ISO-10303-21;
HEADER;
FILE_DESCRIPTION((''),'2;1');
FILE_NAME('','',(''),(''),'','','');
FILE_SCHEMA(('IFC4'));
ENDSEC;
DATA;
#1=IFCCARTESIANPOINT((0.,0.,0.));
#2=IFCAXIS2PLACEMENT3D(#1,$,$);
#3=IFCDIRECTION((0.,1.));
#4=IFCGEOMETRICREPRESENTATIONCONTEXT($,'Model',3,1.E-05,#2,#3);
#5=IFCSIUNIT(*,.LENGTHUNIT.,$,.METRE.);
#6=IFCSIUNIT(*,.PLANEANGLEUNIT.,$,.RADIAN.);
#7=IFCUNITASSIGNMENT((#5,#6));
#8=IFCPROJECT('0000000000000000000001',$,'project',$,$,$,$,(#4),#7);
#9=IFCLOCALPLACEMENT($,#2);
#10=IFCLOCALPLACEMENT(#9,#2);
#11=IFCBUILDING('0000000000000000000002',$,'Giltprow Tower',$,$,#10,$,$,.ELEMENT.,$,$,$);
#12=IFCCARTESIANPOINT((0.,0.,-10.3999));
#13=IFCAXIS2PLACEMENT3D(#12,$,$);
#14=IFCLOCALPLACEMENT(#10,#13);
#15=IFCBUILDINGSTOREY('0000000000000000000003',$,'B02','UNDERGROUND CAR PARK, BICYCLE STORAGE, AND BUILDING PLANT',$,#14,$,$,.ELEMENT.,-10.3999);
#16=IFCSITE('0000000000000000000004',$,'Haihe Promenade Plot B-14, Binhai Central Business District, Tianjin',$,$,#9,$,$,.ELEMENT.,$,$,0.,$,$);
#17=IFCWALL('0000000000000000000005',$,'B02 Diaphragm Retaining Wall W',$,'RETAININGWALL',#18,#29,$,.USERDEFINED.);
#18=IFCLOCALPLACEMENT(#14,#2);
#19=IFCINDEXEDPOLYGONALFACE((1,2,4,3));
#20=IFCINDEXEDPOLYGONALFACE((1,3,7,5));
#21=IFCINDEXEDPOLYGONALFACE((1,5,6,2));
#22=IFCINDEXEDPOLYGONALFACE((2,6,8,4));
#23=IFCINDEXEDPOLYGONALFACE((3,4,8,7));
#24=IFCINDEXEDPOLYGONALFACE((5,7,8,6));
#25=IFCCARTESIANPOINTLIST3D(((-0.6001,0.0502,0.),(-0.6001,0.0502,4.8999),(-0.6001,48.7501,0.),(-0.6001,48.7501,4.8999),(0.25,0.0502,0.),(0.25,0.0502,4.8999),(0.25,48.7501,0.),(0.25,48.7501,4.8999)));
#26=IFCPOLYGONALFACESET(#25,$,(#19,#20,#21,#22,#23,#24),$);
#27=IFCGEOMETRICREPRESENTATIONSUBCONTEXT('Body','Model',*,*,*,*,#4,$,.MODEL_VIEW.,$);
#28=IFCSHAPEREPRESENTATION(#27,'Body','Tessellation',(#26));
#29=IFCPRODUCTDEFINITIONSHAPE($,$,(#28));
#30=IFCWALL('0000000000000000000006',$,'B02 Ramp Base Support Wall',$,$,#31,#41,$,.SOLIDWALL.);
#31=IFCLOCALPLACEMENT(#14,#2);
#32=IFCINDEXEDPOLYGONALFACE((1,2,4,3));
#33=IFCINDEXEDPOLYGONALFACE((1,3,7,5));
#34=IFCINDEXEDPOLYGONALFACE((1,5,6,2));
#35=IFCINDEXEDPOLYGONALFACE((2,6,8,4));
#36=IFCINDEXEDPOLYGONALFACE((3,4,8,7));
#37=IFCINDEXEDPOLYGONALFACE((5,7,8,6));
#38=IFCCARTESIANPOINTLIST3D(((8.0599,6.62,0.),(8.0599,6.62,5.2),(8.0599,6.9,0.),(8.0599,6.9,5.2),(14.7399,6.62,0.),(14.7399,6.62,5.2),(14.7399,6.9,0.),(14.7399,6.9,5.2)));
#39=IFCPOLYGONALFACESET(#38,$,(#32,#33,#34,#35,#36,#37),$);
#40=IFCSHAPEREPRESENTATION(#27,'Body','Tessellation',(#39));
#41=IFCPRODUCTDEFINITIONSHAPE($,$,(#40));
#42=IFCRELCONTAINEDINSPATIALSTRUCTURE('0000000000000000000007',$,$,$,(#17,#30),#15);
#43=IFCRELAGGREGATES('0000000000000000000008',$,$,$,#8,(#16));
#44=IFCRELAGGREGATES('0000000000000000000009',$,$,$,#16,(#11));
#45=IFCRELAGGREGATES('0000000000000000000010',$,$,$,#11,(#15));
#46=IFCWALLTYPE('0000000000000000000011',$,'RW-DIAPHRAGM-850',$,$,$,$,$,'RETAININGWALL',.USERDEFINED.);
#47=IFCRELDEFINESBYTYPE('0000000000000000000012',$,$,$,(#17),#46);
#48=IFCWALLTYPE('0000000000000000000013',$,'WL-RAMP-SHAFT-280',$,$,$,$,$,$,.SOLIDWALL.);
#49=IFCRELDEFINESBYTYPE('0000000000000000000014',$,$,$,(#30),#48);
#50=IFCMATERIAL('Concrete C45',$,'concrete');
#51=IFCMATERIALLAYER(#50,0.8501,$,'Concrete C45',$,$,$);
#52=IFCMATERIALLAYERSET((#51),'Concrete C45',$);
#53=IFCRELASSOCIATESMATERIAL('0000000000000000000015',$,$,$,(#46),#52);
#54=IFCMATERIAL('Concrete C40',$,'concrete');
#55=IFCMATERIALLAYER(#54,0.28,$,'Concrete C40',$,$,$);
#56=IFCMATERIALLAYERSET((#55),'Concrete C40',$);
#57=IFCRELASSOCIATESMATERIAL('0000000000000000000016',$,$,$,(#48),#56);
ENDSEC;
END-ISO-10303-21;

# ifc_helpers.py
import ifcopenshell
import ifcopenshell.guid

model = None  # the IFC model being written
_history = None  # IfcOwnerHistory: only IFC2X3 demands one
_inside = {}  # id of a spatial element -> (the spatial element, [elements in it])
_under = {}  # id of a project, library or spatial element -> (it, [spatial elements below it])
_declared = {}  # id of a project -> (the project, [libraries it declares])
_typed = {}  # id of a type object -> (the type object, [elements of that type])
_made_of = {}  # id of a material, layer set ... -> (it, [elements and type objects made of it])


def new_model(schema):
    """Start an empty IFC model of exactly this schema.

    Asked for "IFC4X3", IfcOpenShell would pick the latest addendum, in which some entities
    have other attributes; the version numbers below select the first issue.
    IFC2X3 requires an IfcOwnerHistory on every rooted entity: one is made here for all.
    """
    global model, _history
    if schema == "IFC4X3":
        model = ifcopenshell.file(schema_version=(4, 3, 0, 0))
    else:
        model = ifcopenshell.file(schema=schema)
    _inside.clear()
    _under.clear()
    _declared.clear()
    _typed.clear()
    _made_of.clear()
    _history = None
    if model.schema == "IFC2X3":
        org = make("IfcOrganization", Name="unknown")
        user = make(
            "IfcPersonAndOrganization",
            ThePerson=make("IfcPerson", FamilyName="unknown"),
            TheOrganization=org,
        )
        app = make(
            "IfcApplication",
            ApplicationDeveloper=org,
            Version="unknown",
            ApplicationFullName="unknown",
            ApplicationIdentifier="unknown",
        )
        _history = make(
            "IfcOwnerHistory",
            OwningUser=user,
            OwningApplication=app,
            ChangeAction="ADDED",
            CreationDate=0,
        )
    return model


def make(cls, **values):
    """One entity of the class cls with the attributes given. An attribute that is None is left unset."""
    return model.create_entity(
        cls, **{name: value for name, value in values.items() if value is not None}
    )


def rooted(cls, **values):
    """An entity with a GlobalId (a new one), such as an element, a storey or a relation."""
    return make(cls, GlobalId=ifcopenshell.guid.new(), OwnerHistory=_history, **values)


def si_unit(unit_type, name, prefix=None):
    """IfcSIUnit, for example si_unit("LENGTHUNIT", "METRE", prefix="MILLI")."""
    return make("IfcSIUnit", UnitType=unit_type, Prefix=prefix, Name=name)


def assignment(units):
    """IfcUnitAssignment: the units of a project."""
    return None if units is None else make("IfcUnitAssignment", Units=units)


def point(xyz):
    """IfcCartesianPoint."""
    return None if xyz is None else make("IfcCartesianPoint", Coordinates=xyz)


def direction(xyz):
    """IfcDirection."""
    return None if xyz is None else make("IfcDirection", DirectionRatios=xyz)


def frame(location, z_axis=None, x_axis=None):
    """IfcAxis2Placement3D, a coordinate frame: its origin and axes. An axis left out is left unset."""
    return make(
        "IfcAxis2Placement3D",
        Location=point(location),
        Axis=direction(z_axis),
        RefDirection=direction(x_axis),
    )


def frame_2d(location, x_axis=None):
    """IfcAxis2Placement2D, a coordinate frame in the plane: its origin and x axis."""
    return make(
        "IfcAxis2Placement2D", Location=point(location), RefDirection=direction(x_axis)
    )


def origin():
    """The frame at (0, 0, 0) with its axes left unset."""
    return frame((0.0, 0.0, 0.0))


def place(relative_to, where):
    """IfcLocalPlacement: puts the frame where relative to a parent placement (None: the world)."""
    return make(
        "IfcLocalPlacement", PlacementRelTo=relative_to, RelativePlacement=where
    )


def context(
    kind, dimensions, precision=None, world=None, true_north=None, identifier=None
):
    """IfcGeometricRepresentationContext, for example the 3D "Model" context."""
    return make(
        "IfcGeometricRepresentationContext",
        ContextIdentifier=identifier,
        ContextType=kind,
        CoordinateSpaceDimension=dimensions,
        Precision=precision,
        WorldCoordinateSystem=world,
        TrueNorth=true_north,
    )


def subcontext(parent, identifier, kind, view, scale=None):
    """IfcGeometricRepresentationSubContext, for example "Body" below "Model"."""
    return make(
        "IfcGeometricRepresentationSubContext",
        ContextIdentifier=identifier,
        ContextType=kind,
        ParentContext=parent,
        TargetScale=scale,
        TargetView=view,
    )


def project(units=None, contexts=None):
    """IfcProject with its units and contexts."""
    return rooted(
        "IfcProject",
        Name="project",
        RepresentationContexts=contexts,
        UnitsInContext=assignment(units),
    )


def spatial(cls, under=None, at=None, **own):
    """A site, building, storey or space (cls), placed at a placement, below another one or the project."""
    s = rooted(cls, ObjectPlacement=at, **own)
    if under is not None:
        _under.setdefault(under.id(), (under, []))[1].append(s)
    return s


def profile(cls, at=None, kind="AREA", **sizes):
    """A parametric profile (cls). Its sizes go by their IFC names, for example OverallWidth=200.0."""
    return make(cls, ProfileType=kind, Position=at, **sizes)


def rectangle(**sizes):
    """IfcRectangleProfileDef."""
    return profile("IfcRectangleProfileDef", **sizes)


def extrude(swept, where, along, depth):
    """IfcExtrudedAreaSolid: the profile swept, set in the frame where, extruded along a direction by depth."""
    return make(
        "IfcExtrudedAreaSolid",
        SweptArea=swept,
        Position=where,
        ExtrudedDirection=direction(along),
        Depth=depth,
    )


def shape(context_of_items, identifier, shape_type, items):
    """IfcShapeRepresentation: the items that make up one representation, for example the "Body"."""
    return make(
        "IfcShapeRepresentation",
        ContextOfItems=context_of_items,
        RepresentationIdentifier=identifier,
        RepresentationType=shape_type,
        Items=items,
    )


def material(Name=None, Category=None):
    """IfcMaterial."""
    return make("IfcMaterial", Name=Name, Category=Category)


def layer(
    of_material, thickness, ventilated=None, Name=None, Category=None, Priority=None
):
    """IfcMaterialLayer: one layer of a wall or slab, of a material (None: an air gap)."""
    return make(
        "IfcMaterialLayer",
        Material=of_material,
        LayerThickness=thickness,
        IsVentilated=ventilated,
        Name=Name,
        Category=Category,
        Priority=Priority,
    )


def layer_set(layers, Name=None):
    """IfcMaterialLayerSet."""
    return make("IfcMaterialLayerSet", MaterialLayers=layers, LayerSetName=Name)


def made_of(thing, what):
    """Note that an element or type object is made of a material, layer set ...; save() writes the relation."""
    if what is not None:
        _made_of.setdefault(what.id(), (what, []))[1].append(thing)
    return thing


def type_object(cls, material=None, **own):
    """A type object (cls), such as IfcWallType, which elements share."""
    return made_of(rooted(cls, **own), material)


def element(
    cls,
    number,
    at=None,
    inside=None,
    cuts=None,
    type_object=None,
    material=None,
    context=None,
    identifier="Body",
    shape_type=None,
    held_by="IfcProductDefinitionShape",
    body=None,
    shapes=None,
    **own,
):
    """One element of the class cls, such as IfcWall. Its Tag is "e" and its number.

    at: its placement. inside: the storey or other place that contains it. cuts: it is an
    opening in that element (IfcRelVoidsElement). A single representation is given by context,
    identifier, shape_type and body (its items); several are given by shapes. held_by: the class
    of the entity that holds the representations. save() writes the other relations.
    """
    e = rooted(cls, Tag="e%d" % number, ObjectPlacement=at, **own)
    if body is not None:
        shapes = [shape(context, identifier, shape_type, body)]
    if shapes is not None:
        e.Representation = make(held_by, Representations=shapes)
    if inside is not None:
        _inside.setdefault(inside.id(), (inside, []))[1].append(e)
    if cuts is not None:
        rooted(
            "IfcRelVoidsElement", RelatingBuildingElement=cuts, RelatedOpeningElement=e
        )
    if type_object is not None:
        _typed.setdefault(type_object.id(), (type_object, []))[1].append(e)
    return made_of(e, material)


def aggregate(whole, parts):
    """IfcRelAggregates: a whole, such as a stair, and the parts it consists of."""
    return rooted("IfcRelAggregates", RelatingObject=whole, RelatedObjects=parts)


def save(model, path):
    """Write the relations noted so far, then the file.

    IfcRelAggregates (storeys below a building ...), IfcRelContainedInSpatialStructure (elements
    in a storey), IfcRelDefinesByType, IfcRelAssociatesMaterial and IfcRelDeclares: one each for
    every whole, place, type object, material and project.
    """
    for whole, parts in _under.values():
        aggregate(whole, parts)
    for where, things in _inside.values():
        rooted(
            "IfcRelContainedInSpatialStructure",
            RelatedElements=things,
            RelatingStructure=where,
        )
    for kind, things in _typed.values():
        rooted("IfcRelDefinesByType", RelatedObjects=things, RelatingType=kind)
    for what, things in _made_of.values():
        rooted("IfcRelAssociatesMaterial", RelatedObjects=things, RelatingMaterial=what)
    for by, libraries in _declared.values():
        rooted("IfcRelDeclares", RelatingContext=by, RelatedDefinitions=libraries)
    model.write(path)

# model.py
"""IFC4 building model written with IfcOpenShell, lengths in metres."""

from ifc_helpers import new_model, si_unit, direction, frame, frame_2d, origin, place, context, subcontext, project, spatial, rectangle, extrude, material, layer, layer_set, type_object, element, save


model = new_model("IFC4")

# Units and contexts
model_context = context("Model", 3, precision=1e-05, world=origin(), true_north=direction((0.0, 1.0)))
body_context = subcontext(model_context, "Body", "Model", "MODEL_VIEW")
ifc_project = project(units=[si_unit("LENGTHUNIT", "METRE"), si_unit("PLANEANGLEUNIT", "RADIAN")], contexts=[model_context])

# Site, building, storey
site_placement = place(None, origin())
site = spatial("IfcSite", under=ifc_project, at=site_placement, Name="Haihe Promenade Plot B-14, Binhai Central Business District, Tianjin", CompositionType="ELEMENT", RefElevation=0.0)
building_placement = place(site_placement, origin())
building = spatial("IfcBuilding", under=site, at=building_placement, Name="Giltprow Tower", CompositionType="ELEMENT")
storey_placement = place(building_placement, frame((0.0, 0.0, -10.3999)))
storey = spatial("IfcBuildingStorey", under=building, at=storey_placement, Name="B02", Description="UNDERGROUND CAR PARK, BICYCLE STORAGE, AND BUILDING PLANT", CompositionType="ELEMENT", Elevation=-10.3999)

# Shared definitions
ifc_material_1 = material(Name="Concrete C45", Category="concrete")

# Shared definitions
ifc_material_2 = material(Name="Concrete C40", Category="concrete")

# Walls
ifc_layer_1 = layer(ifc_material_1, 0.8501, Name="Concrete C45")
ifc_layer_set_1 = layer_set([ifc_layer_1], Name="Concrete C45")
wall_type_1 = type_object("IfcWallType", Name="RW-DIAPHRAGM-850", ElementType="RETAININGWALL", PredefinedType="USERDEFINED", material=ifc_layer_set_1)
wall_1_placement = place(storey_placement, frame((-0.175, 0.05, 0.0), z_axis=(0.0, 0.0, 1.0), x_axis=(0.0, 1.0, 0.0)))
element("IfcWall", 1, at=wall_1_placement, inside=storey, type_object=wall_type_1, Name="B02 Diaphragm Retaining Wall W", ObjectType="RETAININGWALL", PredefinedType="USERDEFINED", context=body_context, shape_type="SweptSolid", body=[
    extrude(rectangle(XDim=48.7, YDim=0.8501, at=frame_2d((24.3501, 0.0))), origin(), (0.0, 0.0, 1.0), 4.8999),
])
ifc_layer_2 = layer(ifc_material_2, 0.28, Name="Concrete C40")
ifc_layer_set_2 = layer_set([ifc_layer_2], Name="Concrete C40")
wall_type_2 = type_object("IfcWallType", Name="WL-RAMP-SHAFT-280", PredefinedType="SOLIDWALL", material=ifc_layer_set_2)
wall_2_placement = place(storey_placement, frame((8.0601, 6.76, 0.0), z_axis=(0.0, 0.0, 1.0), x_axis=(1.0, 0.0, 0.0)))
element("IfcWall", 2, at=wall_2_placement, inside=storey, type_object=wall_type_2, Name="B02 Ramp Base Support Wall", PredefinedType="SOLIDWALL", context=body_context, shape_type="SweptSolid", body=[
    extrude(rectangle(XDim=6.6799, YDim=0.28, at=frame_2d((3.3398, 0.0))), origin(), (0.0, 0.0, 1.0), 5.2),
])

save(model, "model.ifc")
